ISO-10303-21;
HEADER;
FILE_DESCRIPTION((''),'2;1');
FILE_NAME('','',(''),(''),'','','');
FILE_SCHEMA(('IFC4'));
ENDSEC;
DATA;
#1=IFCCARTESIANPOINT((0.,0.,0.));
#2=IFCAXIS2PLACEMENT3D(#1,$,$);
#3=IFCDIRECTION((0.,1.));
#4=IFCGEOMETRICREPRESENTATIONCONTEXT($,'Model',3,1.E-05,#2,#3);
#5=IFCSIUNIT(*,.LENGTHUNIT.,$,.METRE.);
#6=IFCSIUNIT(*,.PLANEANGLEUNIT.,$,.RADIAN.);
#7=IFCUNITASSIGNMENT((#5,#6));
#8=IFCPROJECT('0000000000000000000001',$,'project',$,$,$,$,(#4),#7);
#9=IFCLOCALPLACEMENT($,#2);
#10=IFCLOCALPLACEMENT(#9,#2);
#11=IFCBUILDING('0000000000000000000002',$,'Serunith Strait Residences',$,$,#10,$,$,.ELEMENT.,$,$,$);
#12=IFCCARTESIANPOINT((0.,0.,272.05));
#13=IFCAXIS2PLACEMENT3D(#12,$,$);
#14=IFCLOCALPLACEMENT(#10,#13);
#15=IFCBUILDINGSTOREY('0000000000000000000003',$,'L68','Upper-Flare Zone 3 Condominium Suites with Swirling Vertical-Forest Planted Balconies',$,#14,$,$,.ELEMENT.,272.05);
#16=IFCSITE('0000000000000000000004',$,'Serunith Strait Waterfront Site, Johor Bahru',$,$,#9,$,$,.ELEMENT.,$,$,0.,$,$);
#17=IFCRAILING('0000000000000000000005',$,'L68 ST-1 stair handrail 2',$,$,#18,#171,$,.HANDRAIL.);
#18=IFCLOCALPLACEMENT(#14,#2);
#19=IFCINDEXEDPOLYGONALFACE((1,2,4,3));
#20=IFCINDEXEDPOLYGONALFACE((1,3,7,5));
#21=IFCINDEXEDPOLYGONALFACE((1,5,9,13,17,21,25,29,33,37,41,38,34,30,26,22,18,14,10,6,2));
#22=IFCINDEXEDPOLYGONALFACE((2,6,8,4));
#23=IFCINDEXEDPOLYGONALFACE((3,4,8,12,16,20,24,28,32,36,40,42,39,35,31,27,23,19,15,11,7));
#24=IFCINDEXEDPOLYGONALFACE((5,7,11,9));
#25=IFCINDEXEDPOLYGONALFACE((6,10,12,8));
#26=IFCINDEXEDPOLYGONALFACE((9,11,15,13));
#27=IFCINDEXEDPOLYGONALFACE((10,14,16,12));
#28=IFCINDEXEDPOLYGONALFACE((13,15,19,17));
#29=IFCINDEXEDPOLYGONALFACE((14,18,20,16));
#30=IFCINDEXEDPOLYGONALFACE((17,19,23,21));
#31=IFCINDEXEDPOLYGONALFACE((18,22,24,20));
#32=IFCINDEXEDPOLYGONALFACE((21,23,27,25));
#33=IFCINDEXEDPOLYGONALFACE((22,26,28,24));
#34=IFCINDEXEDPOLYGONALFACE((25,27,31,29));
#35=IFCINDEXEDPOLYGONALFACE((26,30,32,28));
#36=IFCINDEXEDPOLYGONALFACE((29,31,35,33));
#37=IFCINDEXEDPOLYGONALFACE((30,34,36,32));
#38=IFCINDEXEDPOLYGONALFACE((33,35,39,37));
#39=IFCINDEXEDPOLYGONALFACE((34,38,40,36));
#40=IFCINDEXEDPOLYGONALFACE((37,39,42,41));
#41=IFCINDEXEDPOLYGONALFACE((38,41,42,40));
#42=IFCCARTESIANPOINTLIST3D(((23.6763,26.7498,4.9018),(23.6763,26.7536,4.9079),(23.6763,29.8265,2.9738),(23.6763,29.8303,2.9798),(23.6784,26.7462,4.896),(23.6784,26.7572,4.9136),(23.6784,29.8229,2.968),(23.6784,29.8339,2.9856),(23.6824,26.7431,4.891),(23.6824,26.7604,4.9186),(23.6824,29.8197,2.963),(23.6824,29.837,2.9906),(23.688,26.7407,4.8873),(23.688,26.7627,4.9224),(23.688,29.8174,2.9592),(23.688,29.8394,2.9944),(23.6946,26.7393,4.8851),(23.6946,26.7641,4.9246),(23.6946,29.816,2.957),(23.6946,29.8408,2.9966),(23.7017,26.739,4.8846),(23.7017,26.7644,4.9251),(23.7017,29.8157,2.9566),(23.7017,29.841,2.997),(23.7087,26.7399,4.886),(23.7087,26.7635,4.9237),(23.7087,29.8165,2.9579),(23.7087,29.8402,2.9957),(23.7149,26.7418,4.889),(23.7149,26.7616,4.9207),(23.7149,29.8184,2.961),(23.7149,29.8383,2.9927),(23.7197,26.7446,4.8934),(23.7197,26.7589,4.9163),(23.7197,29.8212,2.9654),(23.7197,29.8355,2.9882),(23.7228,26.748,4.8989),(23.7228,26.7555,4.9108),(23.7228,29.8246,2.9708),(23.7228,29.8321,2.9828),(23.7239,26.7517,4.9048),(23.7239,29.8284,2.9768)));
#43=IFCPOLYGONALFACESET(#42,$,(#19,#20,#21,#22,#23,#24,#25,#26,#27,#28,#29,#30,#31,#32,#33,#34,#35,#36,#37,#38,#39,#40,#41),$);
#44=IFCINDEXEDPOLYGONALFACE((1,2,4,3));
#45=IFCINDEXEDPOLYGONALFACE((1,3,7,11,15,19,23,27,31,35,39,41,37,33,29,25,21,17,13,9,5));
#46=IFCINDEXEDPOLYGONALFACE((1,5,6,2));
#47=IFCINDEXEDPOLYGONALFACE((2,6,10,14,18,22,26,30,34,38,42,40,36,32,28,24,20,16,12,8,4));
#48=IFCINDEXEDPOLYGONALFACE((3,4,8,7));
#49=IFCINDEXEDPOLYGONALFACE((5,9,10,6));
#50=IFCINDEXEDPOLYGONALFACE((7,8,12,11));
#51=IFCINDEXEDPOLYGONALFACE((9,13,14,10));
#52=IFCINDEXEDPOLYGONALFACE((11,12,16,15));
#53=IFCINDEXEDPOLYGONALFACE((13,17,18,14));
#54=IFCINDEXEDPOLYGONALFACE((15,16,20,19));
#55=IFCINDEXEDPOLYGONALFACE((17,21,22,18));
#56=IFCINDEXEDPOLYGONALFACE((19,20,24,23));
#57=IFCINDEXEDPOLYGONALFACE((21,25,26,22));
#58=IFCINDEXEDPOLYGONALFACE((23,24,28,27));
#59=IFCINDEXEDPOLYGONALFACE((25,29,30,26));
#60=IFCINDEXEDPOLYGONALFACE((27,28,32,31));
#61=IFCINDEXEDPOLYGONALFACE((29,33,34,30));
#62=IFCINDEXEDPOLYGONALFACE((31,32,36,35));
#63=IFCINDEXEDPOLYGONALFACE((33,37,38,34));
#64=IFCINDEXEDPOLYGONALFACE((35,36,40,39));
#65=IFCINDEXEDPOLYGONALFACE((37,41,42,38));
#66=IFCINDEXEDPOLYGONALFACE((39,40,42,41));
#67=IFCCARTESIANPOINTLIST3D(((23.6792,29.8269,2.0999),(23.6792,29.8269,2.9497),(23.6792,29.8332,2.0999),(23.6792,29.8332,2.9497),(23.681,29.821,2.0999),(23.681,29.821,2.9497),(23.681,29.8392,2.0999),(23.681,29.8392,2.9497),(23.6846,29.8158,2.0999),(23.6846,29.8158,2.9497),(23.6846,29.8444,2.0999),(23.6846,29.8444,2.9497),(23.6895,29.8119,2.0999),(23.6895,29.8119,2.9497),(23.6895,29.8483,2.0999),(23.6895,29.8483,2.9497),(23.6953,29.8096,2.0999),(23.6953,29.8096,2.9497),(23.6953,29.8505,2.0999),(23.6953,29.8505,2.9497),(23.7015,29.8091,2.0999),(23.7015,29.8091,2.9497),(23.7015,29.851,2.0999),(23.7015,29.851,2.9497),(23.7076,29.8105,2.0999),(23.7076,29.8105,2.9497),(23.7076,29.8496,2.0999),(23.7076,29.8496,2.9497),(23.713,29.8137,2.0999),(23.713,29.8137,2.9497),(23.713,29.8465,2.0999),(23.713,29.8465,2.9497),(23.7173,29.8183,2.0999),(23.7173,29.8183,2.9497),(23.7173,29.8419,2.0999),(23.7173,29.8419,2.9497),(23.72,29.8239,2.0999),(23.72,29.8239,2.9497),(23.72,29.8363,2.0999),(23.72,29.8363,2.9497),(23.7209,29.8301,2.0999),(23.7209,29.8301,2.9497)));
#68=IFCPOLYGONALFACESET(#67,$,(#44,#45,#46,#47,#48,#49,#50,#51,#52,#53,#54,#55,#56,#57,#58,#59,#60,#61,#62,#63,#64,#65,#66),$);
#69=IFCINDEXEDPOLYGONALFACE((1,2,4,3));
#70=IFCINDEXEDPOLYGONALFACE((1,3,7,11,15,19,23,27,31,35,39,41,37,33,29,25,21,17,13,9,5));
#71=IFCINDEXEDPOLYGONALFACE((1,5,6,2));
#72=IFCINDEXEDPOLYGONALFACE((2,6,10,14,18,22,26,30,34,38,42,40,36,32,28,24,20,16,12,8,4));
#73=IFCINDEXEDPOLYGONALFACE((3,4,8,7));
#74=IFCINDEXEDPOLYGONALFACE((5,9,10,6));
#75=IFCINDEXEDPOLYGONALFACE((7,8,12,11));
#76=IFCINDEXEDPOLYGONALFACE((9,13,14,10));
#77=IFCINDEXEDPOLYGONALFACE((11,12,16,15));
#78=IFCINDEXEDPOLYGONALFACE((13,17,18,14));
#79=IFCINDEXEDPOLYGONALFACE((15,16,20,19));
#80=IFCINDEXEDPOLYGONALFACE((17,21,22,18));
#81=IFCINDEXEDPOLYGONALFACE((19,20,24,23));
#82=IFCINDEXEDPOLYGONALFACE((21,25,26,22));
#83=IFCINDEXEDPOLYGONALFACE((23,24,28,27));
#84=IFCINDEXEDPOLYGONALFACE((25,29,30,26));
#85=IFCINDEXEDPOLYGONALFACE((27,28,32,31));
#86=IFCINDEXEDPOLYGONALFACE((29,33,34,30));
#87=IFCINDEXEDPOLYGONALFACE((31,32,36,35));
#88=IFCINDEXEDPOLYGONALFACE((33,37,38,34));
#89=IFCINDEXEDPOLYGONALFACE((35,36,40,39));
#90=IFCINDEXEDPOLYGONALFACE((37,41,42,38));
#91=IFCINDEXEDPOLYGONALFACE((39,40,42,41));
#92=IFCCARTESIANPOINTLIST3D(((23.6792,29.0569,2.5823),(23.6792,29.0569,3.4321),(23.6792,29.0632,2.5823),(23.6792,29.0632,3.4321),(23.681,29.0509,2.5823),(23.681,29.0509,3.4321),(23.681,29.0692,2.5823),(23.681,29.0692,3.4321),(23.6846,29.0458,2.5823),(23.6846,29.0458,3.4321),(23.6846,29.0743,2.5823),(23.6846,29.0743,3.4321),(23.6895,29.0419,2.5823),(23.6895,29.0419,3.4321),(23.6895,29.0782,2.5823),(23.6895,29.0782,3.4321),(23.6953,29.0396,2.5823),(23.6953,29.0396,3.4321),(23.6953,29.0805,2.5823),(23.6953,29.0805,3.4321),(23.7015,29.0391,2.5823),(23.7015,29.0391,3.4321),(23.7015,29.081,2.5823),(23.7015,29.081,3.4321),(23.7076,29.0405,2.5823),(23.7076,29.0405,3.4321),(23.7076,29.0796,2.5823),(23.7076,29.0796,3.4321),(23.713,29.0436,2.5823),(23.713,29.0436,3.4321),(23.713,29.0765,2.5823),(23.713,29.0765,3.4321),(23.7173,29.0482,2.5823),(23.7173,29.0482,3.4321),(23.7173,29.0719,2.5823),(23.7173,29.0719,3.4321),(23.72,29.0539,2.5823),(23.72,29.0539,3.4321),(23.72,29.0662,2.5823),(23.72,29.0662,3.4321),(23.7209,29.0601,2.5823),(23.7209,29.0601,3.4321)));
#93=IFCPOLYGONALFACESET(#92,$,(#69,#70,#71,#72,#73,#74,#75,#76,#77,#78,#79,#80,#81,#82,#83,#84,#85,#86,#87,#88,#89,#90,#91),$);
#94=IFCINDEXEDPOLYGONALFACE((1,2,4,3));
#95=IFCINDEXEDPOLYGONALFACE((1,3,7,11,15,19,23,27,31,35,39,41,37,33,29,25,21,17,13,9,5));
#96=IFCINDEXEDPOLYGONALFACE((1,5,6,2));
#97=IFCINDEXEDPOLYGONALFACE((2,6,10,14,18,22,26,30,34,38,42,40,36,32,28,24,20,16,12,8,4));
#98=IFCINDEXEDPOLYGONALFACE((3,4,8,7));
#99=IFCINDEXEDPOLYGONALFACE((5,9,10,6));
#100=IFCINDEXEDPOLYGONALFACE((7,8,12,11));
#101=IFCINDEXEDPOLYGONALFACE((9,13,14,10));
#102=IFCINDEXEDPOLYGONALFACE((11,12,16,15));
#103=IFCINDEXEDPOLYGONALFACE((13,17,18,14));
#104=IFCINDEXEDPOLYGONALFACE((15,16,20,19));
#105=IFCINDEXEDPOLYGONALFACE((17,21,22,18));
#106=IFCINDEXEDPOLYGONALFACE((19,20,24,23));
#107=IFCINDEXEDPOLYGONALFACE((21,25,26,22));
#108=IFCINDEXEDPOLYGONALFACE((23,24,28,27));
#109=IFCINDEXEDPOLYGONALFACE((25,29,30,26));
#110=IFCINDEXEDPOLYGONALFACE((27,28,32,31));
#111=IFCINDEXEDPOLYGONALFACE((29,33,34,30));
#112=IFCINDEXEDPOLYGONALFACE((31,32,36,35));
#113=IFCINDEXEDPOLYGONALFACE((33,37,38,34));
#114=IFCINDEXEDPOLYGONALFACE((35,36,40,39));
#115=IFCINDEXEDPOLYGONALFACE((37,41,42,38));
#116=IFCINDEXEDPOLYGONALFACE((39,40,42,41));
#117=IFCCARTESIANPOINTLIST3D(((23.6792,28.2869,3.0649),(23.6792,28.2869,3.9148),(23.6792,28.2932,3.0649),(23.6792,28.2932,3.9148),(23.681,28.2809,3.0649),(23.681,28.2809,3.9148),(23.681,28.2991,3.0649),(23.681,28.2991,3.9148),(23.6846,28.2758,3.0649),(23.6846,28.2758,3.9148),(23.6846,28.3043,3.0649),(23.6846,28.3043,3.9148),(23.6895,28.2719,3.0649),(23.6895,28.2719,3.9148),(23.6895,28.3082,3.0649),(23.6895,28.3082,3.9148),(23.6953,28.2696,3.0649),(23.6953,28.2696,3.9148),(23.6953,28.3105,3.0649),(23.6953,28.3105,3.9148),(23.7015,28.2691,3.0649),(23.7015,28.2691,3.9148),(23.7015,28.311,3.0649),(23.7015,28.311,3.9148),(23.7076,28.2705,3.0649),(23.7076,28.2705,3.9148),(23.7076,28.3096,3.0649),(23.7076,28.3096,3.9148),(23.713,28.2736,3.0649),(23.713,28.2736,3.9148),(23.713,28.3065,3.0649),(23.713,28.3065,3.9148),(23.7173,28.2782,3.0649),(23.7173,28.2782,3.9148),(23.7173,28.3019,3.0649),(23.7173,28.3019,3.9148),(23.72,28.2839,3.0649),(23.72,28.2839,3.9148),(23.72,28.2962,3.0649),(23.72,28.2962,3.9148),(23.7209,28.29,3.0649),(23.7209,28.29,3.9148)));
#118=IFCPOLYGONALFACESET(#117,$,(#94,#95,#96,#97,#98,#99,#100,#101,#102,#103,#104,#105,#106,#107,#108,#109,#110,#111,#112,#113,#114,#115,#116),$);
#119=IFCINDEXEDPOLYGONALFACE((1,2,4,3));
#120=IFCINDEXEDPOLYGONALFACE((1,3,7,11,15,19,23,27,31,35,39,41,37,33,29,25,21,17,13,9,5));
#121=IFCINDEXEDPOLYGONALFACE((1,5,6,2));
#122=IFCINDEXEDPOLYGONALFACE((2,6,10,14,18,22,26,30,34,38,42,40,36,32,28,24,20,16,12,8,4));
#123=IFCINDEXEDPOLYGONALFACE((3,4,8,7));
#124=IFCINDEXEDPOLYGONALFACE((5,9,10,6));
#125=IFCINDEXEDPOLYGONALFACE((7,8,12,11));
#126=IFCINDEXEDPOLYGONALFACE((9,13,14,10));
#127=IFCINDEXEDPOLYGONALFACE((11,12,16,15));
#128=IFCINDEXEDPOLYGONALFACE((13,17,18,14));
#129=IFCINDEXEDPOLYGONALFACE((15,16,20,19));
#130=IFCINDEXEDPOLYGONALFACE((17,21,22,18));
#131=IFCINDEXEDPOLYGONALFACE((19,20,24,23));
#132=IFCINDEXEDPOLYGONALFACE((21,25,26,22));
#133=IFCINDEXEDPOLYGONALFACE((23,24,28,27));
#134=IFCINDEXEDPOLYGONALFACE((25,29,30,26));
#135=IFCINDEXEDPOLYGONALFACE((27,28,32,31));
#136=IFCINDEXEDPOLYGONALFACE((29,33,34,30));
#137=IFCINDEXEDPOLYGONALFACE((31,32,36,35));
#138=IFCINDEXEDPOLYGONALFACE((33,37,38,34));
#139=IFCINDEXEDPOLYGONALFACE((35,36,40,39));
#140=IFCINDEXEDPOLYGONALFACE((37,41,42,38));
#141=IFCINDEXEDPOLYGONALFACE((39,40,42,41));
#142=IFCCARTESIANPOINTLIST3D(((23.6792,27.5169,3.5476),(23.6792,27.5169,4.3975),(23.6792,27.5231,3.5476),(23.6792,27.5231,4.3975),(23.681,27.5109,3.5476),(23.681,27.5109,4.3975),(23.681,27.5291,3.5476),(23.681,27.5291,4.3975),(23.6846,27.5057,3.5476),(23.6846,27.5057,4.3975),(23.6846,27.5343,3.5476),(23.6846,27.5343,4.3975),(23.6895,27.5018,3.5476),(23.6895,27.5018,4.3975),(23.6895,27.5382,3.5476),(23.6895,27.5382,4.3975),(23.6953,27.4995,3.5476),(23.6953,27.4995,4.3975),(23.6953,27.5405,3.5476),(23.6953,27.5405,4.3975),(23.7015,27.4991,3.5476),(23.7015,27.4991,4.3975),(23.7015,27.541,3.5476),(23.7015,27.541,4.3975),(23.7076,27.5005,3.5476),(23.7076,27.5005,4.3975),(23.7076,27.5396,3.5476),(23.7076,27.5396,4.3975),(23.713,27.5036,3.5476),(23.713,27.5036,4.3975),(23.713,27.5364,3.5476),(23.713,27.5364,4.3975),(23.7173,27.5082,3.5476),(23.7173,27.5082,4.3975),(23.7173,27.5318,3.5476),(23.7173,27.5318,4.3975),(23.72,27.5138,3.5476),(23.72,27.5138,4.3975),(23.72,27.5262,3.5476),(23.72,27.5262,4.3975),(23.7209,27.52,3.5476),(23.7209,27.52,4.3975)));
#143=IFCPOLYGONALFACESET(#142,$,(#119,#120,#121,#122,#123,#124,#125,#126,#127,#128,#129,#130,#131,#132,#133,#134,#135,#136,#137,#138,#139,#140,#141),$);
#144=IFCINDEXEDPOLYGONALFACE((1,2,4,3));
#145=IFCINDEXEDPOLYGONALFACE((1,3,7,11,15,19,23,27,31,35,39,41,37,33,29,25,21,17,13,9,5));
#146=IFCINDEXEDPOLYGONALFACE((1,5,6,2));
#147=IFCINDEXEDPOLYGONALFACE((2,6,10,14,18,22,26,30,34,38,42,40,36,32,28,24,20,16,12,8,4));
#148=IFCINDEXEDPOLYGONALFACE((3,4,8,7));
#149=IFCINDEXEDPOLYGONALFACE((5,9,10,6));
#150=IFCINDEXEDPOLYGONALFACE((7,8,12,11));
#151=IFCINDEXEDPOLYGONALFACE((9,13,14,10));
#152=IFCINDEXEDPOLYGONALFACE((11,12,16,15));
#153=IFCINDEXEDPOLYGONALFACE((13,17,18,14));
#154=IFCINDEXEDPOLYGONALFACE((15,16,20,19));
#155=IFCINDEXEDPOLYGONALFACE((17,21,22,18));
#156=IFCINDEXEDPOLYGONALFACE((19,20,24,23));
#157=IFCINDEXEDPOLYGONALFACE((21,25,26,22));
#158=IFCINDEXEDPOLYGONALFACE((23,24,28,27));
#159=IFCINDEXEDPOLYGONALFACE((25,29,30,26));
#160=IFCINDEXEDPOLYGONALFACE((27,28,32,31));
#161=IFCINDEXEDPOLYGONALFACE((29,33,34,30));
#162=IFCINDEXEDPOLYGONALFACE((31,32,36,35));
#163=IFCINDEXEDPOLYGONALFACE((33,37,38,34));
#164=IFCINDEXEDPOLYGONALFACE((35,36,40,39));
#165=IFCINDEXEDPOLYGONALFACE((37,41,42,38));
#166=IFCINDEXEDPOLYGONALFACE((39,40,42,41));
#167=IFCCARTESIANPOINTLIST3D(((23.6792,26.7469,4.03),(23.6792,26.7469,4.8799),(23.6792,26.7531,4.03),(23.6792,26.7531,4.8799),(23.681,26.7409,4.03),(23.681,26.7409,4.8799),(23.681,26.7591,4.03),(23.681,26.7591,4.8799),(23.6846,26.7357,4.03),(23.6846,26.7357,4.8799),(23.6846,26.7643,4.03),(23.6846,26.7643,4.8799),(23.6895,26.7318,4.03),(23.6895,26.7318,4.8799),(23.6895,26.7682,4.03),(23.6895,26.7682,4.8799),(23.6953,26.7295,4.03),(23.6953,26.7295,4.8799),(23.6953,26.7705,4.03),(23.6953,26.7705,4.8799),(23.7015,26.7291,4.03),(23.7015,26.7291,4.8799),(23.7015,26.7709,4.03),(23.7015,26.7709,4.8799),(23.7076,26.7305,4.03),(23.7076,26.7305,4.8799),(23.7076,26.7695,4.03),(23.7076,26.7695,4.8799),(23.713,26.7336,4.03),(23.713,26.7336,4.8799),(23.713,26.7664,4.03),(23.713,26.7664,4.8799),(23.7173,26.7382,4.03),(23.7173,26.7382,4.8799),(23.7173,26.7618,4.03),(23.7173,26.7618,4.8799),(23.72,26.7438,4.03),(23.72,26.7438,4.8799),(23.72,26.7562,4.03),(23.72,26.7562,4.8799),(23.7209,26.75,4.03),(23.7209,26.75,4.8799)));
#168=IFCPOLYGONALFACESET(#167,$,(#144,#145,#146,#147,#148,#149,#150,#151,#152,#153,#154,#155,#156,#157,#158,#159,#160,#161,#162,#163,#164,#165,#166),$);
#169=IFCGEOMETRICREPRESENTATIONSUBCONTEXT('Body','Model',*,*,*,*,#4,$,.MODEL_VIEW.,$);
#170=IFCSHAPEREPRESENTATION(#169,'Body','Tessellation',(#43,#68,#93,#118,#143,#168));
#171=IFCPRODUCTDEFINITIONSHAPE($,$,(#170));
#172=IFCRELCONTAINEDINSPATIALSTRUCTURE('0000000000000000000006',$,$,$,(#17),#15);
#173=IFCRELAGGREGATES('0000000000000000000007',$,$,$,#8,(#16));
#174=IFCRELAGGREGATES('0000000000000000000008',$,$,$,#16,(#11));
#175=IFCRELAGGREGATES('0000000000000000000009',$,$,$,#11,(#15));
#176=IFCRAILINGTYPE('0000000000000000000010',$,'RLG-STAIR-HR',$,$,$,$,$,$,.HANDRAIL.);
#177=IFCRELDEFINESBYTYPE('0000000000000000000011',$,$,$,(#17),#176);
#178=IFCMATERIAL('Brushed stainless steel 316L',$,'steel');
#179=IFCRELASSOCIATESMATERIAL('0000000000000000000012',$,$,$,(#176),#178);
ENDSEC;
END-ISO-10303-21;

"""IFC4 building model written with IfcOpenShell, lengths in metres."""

from ifc_helpers import new_model, si_unit, direction, frame, origin, origin_2d, place, context, subcontext, project, spatial, circle, extrude, material, type_object, element, save


model = new_model("IFC4")

# Units and contexts
model_context = context("Model", 3, precision=1e-05, world=origin(), true_north=direction((0.0, 1.0)))
body_context = subcontext(model_context, "Body", "Model", "MODEL_VIEW")
ifc_project = project(units=[si_unit("LENGTHUNIT", "METRE"), si_unit("PLANEANGLEUNIT", "RADIAN")], contexts=[model_context])

# Site, building, storey
site_placement = place(None, origin())
site = spatial("IfcSite", under=ifc_project, at=site_placement, Name="Serunith Strait Waterfront Site, Johor Bahru", CompositionType="ELEMENT", RefElevation=0.0)
building_placement = place(site_placement, origin())
building = spatial("IfcBuilding", under=site, at=building_placement, Name="Serunith Strait Residences", CompositionType="ELEMENT")
storey_placement = place(building_placement, frame((0.0, 0.0, 272.05)))
storey = spatial("IfcBuildingStorey", under=building, at=storey_placement, Name="L68", Description="Upper-Flare Zone 3 Condominium Suites with Swirling Vertical-Forest Planted Balconies", CompositionType="ELEMENT", Elevation=272.05)

# Railing
ifc_material_1 = material(Name="Brushed stainless steel 316L", Category="steel")
railing_type_1 = type_object("IfcRailingType", Name="RLG-STAIR-HR", PredefinedType="HANDRAIL", material=ifc_material_1)
railing_1_placement = place(storey_placement, frame((23.7, 29.8301, 2.0999)))
element("IfcRailing", 1, at=railing_1_placement, inside=storey, type_object=railing_type_1, Name="L68 ST-1 stair handrail 2", PredefinedType="HANDRAIL", context=body_context, shape_type="SweptSolid", body=[
    extrude(circle(Radius=0.0239, at=origin_2d()), frame((0.0, -0.0017, 0.877), z_axis=(0.0, -0.847364, 0.531013), x_axis=(1.0, 0.0, 0.0)), (0.0, 0.0, 1.0), 3.6309),
    extrude(circle(Radius=0.021, at=origin_2d()), origin(), (0.0, 0.0, 1.0), 0.8499),
    extrude(circle(Radius=0.021, at=origin_2d()), frame((0.0, -0.77, 0.4824)), (0.0, 0.0, 1.0), 0.8499),
    extrude(circle(Radius=0.021, at=origin_2d()), frame((0.0, -1.54, 0.9651)), (0.0, 0.0, 1.0), 0.8499),
    extrude(circle(Radius=0.021, at=origin_2d()), frame((0.0, -2.3101, 1.4478)), (0.0, 0.0, 1.0), 0.8499),
    extrude(circle(Radius=0.021, at=origin_2d()), frame((0.0, -3.0801, 1.9302)), (0.0, 0.0, 1.0), 0.8499),
])

save(model, "model.ifc")
